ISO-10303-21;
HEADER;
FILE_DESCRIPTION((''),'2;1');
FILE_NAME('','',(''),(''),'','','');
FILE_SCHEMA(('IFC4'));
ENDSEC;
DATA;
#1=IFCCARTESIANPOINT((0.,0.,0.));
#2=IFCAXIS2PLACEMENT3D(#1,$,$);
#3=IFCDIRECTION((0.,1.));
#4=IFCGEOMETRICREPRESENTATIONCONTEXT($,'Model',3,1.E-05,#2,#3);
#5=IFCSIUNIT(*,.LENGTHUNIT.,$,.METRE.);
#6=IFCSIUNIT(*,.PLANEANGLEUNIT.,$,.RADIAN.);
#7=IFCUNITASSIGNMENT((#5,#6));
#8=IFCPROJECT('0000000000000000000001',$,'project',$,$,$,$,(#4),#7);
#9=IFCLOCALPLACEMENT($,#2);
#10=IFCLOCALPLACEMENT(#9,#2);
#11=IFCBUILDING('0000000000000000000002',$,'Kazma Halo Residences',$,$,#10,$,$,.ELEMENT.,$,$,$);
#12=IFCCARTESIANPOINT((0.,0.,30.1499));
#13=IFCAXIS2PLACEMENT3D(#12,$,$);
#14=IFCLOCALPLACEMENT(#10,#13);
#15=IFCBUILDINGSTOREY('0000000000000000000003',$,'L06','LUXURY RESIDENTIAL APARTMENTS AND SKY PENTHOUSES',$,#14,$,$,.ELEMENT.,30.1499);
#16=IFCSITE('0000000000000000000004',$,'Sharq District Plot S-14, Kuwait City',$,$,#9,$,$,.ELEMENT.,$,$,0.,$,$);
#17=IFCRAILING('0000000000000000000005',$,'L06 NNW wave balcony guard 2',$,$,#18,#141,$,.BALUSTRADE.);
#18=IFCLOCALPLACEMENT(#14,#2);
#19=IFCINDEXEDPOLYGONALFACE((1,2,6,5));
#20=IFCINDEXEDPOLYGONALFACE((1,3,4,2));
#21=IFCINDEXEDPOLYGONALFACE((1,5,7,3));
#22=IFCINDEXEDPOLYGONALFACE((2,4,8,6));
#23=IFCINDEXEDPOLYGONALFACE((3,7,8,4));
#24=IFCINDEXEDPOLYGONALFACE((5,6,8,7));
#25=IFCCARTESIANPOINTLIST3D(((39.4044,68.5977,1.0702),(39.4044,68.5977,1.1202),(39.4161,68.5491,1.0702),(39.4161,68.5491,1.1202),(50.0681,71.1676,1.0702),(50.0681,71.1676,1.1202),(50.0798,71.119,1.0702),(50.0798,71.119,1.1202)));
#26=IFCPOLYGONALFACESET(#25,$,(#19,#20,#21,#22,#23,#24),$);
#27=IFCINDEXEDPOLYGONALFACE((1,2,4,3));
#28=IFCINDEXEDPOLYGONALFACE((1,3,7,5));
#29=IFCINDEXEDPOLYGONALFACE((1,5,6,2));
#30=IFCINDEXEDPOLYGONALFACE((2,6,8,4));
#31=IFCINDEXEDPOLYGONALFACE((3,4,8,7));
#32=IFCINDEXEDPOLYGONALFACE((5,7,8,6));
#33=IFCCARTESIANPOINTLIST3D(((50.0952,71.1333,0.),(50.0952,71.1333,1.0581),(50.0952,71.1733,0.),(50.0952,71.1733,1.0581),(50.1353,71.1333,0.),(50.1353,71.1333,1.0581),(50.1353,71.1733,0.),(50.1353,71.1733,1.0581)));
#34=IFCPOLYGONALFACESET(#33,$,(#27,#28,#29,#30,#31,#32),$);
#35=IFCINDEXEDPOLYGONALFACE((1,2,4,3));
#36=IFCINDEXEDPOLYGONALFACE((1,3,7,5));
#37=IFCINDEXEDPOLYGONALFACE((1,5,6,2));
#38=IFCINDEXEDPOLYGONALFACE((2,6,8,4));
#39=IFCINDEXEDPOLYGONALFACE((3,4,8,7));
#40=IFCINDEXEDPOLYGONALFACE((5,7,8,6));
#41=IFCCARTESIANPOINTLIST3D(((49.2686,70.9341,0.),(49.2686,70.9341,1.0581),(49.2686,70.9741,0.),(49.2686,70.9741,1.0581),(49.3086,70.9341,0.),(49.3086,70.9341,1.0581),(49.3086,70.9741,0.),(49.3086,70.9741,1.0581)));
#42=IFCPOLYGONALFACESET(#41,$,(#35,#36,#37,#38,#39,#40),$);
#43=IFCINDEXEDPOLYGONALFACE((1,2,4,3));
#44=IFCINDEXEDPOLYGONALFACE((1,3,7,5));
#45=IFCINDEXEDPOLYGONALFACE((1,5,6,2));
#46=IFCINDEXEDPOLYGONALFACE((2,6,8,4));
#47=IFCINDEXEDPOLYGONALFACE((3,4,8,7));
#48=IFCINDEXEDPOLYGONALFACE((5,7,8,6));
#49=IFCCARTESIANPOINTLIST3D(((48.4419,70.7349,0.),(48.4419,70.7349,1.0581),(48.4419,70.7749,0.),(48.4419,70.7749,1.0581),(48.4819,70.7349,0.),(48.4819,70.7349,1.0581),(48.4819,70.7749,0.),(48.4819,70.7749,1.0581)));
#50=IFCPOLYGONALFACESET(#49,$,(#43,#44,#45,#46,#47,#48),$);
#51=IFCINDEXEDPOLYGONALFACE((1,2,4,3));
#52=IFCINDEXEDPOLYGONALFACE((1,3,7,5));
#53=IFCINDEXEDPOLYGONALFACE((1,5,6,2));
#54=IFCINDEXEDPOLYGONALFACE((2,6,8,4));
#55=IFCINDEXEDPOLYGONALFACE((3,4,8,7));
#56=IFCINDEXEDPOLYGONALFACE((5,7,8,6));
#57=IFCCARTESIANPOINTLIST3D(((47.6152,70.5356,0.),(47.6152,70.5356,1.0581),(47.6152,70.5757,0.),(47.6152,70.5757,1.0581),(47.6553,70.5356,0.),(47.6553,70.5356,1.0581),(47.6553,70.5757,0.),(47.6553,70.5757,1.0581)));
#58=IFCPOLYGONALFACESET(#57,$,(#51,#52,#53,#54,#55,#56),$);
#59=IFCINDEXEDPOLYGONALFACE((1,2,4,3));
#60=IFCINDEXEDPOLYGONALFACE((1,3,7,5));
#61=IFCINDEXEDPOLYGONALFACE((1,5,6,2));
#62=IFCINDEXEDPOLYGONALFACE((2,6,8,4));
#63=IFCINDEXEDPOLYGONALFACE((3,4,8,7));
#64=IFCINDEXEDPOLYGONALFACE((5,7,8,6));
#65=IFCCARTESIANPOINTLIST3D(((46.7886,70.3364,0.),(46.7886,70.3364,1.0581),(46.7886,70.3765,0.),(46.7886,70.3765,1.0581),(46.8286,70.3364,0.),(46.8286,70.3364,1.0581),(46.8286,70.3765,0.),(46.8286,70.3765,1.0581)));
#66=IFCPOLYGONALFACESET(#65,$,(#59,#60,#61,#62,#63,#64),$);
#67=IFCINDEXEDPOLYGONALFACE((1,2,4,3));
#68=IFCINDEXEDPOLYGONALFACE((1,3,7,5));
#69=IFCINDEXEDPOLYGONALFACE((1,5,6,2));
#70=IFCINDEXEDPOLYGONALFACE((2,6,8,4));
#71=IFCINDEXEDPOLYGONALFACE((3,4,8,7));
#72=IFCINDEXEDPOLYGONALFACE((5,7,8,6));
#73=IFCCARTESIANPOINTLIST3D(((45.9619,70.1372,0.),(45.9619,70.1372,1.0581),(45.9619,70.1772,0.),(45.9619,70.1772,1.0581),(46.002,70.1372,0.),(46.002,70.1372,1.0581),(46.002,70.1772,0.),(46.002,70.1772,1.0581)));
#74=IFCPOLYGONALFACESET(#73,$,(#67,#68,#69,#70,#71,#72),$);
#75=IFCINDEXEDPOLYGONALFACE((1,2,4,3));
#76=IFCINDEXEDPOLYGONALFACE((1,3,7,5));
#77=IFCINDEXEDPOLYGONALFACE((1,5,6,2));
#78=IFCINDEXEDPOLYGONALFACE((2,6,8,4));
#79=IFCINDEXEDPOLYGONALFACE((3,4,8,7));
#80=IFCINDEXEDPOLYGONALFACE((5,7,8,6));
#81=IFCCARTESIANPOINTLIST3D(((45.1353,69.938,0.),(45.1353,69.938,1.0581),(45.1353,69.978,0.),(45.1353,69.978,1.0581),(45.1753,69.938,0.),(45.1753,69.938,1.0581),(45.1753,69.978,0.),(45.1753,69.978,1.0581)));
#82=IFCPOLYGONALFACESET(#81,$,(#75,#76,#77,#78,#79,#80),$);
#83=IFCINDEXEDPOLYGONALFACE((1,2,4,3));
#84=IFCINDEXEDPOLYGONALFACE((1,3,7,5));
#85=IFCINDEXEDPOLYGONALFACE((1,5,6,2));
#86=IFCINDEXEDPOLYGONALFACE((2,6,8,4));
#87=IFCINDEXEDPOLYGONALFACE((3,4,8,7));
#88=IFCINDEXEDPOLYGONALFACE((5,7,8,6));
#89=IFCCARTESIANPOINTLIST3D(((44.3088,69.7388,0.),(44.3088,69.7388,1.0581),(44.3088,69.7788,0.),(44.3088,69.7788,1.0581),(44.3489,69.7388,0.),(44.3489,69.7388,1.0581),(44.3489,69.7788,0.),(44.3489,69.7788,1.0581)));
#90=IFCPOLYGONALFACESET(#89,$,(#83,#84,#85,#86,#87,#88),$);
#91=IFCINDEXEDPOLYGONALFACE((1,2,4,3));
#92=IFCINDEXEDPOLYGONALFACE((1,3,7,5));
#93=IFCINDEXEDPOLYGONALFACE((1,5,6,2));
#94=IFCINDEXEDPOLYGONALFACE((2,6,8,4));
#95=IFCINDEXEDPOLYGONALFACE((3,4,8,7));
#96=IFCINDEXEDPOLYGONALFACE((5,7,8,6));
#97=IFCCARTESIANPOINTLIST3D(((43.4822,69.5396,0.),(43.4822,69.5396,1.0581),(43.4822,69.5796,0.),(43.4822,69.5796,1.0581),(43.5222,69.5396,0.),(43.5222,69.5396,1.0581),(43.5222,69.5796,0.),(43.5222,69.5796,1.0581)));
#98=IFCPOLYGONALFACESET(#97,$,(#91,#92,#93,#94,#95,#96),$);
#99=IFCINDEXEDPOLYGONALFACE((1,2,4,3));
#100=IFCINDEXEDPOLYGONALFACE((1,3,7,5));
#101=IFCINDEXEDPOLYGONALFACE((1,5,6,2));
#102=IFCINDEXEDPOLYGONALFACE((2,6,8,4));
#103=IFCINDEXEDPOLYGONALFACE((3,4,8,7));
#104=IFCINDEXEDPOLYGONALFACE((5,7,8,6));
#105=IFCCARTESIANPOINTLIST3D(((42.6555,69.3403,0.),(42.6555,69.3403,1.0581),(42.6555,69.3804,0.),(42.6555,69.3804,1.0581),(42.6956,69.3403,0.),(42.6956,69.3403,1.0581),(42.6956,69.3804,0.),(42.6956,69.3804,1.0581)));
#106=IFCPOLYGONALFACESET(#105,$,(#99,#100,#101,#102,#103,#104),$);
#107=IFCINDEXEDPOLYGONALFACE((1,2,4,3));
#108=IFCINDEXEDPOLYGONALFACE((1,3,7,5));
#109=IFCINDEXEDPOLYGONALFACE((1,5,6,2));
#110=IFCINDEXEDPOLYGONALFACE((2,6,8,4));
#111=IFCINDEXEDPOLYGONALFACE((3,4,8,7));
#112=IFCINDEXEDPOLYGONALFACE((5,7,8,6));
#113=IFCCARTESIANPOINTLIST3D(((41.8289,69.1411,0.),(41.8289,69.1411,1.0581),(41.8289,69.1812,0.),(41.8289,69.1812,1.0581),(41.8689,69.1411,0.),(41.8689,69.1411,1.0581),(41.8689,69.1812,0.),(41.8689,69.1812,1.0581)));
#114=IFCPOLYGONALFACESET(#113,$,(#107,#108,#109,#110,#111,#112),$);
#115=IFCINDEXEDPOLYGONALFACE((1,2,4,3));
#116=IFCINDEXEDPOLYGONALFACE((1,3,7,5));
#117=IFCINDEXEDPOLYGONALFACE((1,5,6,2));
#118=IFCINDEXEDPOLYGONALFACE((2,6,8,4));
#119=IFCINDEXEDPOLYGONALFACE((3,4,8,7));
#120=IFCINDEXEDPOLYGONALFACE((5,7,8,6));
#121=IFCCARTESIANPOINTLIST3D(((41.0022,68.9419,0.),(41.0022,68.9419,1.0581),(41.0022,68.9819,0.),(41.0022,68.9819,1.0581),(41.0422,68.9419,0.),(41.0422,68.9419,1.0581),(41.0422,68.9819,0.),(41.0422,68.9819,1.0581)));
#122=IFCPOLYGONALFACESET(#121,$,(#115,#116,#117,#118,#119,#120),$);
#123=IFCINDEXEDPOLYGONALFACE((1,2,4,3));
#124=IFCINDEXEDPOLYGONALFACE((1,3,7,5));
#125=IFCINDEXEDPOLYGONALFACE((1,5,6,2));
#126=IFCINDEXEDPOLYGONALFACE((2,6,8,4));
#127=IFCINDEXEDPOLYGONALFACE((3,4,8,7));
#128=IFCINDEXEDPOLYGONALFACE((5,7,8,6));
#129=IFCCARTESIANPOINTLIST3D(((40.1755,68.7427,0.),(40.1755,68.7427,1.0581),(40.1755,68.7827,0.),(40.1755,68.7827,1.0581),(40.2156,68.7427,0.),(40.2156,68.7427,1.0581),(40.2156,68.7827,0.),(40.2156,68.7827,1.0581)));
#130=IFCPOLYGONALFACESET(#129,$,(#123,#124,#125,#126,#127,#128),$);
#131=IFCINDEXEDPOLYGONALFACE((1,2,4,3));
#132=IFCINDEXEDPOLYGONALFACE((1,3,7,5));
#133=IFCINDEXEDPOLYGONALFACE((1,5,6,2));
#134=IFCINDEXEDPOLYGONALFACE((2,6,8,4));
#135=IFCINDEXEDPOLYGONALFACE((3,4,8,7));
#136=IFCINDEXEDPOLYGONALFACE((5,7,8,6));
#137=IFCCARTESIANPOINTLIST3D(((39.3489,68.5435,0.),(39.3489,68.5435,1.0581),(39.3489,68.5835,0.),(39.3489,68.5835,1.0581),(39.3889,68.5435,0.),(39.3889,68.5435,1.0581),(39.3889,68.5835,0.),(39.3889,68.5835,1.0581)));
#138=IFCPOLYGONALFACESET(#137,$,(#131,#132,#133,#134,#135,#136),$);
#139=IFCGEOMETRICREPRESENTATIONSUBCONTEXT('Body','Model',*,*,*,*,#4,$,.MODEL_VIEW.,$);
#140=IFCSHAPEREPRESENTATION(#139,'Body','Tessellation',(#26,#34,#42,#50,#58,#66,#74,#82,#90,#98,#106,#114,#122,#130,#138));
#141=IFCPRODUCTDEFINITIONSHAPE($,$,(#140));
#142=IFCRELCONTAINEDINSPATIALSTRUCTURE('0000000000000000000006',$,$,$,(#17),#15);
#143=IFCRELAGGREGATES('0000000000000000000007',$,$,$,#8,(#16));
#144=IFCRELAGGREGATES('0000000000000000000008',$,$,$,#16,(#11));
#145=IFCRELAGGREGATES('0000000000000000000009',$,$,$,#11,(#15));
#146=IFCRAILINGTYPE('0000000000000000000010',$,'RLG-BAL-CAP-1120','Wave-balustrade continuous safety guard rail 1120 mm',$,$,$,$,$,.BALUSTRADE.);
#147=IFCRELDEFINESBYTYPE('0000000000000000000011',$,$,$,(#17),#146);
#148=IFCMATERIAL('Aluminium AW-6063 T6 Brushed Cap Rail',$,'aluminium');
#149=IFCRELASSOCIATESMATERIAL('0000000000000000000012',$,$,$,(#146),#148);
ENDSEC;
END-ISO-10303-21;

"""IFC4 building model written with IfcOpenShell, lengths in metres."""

from ifc_helpers import new_model, si_unit, direction, frame, origin, origin_2d, place, context, subcontext, project, spatial, rectangle, extrude, material, type_object, element, save


model = new_model("IFC4")

# Units and contexts
model_context = context("Model", 3, precision=1e-05, world=origin(), true_north=direction((0.0, 1.0)))
body_context = subcontext(model_context, "Body", "Model", "MODEL_VIEW")
ifc_project = project(units=[si_unit("LENGTHUNIT", "METRE"), si_unit("PLANEANGLEUNIT", "RADIAN")], contexts=[model_context])

# Site, building, storey
site_placement = place(None, origin())
site = spatial("IfcSite", under=ifc_project, at=site_placement, Name="Sharq District Plot S-14, Kuwait City", CompositionType="ELEMENT", RefElevation=0.0)
building_placement = place(site_placement, origin())
building = spatial("IfcBuilding", under=site, at=building_placement, Name="Kazma Halo Residences", CompositionType="ELEMENT")
storey_placement = place(building_placement, frame((0.0, 0.0, 30.1499)))
storey = spatial("IfcBuildingStorey", under=building, at=storey_placement, Name="L06", Description="LUXURY RESIDENTIAL APARTMENTS AND SKY PENTHOUSES", CompositionType="ELEMENT", Elevation=30.1499)

# Railing
ifc_material_1 = material(Name="Aluminium AW-6063 T6 Brushed Cap Rail", Category="aluminium")
railing_type = type_object("IfcRailingType", Name="RLG-BAL-CAP-1120", Description="Wave-balustrade continuous safety guard rail 1120 mm", PredefinedType="BALUSTRADE", material=ifc_material_1)
railing_1_placement = place(storey_placement, frame((50.1152, 71.1533, 0.0)))
element("IfcRailing", 1, at=railing_1_placement, inside=storey, type_object=railing_type, Name="L06 NNW wave balcony guard 2", PredefinedType="BALUSTRADE", context=body_context, shape_type="SweptSolid", body=[
    extrude(rectangle(XDim=0.05, YDim=0.05, at=origin_2d()), frame((-0.0413, -0.01, 1.0952), z_axis=(-0.972167, -0.23429, 0.0), x_axis=(0.23429, -0.972167, 0.0)), (0.0, 0.0, 1.0), 10.969),
    extrude(rectangle(XDim=0.04, YDim=0.04, at=origin_2d()), origin(), (0.0, 0.0, 1.0), 1.0581),
    extrude(rectangle(XDim=0.04, YDim=0.04, at=origin_2d()), frame((-0.8267, -0.1992, 0.0)), (0.0, 0.0, 1.0), 1.0581),
    extrude(rectangle(XDim=0.04, YDim=0.04, at=origin_2d()), frame((-1.6533, -0.3984, 0.0)), (0.0, 0.0, 1.0), 1.0581),
    extrude(rectangle(XDim=0.04, YDim=0.04, at=origin_2d()), frame((-2.48, -0.5977, 0.0)), (0.0, 0.0, 1.0), 1.0581),
    extrude(rectangle(XDim=0.04, YDim=0.04, at=origin_2d()), frame((-3.3066, -0.7969, 0.0)), (0.0, 0.0, 1.0), 1.0581),
    extrude(rectangle(XDim=0.04, YDim=0.04, at=origin_2d()), frame((-4.1333, -0.9961, 0.0)), (0.0, 0.0, 1.0), 1.0581),
    extrude(rectangle(XDim=0.04, YDim=0.04, at=origin_2d()), frame((-4.96, -1.1953, 0.0)), (0.0, 0.0, 1.0), 1.0581),
    extrude(rectangle(XDim=0.04, YDim=0.04, at=origin_2d()), frame((-5.7864, -1.3945, 0.0)), (0.0, 0.0, 1.0), 1.0581),
    extrude(rectangle(XDim=0.04, YDim=0.04, at=origin_2d()), frame((-6.613, -1.5938, 0.0)), (0.0, 0.0, 1.0), 1.0581),
    extrude(rectangle(XDim=0.04, YDim=0.04, at=origin_2d()), frame((-7.4397, -1.793, 0.0)), (0.0, 0.0, 1.0), 1.0581),
    extrude(rectangle(XDim=0.04, YDim=0.04, at=origin_2d()), frame((-8.2664, -1.9922, 0.0)), (0.0, 0.0, 1.0), 1.0581),
    extrude(rectangle(XDim=0.04, YDim=0.04, at=origin_2d()), frame((-9.093, -2.1914, 0.0)), (0.0, 0.0, 1.0), 1.0581),
    extrude(rectangle(XDim=0.04, YDim=0.04, at=origin_2d()), frame((-9.9197, -2.3906, 0.0)), (0.0, 0.0, 1.0), 1.0581),
    extrude(rectangle(XDim=0.04, YDim=0.04, at=origin_2d()), frame((-10.7463, -2.5898, 0.0)), (0.0, 0.0, 1.0), 1.0581),
])

save(model, "model.ifc")
